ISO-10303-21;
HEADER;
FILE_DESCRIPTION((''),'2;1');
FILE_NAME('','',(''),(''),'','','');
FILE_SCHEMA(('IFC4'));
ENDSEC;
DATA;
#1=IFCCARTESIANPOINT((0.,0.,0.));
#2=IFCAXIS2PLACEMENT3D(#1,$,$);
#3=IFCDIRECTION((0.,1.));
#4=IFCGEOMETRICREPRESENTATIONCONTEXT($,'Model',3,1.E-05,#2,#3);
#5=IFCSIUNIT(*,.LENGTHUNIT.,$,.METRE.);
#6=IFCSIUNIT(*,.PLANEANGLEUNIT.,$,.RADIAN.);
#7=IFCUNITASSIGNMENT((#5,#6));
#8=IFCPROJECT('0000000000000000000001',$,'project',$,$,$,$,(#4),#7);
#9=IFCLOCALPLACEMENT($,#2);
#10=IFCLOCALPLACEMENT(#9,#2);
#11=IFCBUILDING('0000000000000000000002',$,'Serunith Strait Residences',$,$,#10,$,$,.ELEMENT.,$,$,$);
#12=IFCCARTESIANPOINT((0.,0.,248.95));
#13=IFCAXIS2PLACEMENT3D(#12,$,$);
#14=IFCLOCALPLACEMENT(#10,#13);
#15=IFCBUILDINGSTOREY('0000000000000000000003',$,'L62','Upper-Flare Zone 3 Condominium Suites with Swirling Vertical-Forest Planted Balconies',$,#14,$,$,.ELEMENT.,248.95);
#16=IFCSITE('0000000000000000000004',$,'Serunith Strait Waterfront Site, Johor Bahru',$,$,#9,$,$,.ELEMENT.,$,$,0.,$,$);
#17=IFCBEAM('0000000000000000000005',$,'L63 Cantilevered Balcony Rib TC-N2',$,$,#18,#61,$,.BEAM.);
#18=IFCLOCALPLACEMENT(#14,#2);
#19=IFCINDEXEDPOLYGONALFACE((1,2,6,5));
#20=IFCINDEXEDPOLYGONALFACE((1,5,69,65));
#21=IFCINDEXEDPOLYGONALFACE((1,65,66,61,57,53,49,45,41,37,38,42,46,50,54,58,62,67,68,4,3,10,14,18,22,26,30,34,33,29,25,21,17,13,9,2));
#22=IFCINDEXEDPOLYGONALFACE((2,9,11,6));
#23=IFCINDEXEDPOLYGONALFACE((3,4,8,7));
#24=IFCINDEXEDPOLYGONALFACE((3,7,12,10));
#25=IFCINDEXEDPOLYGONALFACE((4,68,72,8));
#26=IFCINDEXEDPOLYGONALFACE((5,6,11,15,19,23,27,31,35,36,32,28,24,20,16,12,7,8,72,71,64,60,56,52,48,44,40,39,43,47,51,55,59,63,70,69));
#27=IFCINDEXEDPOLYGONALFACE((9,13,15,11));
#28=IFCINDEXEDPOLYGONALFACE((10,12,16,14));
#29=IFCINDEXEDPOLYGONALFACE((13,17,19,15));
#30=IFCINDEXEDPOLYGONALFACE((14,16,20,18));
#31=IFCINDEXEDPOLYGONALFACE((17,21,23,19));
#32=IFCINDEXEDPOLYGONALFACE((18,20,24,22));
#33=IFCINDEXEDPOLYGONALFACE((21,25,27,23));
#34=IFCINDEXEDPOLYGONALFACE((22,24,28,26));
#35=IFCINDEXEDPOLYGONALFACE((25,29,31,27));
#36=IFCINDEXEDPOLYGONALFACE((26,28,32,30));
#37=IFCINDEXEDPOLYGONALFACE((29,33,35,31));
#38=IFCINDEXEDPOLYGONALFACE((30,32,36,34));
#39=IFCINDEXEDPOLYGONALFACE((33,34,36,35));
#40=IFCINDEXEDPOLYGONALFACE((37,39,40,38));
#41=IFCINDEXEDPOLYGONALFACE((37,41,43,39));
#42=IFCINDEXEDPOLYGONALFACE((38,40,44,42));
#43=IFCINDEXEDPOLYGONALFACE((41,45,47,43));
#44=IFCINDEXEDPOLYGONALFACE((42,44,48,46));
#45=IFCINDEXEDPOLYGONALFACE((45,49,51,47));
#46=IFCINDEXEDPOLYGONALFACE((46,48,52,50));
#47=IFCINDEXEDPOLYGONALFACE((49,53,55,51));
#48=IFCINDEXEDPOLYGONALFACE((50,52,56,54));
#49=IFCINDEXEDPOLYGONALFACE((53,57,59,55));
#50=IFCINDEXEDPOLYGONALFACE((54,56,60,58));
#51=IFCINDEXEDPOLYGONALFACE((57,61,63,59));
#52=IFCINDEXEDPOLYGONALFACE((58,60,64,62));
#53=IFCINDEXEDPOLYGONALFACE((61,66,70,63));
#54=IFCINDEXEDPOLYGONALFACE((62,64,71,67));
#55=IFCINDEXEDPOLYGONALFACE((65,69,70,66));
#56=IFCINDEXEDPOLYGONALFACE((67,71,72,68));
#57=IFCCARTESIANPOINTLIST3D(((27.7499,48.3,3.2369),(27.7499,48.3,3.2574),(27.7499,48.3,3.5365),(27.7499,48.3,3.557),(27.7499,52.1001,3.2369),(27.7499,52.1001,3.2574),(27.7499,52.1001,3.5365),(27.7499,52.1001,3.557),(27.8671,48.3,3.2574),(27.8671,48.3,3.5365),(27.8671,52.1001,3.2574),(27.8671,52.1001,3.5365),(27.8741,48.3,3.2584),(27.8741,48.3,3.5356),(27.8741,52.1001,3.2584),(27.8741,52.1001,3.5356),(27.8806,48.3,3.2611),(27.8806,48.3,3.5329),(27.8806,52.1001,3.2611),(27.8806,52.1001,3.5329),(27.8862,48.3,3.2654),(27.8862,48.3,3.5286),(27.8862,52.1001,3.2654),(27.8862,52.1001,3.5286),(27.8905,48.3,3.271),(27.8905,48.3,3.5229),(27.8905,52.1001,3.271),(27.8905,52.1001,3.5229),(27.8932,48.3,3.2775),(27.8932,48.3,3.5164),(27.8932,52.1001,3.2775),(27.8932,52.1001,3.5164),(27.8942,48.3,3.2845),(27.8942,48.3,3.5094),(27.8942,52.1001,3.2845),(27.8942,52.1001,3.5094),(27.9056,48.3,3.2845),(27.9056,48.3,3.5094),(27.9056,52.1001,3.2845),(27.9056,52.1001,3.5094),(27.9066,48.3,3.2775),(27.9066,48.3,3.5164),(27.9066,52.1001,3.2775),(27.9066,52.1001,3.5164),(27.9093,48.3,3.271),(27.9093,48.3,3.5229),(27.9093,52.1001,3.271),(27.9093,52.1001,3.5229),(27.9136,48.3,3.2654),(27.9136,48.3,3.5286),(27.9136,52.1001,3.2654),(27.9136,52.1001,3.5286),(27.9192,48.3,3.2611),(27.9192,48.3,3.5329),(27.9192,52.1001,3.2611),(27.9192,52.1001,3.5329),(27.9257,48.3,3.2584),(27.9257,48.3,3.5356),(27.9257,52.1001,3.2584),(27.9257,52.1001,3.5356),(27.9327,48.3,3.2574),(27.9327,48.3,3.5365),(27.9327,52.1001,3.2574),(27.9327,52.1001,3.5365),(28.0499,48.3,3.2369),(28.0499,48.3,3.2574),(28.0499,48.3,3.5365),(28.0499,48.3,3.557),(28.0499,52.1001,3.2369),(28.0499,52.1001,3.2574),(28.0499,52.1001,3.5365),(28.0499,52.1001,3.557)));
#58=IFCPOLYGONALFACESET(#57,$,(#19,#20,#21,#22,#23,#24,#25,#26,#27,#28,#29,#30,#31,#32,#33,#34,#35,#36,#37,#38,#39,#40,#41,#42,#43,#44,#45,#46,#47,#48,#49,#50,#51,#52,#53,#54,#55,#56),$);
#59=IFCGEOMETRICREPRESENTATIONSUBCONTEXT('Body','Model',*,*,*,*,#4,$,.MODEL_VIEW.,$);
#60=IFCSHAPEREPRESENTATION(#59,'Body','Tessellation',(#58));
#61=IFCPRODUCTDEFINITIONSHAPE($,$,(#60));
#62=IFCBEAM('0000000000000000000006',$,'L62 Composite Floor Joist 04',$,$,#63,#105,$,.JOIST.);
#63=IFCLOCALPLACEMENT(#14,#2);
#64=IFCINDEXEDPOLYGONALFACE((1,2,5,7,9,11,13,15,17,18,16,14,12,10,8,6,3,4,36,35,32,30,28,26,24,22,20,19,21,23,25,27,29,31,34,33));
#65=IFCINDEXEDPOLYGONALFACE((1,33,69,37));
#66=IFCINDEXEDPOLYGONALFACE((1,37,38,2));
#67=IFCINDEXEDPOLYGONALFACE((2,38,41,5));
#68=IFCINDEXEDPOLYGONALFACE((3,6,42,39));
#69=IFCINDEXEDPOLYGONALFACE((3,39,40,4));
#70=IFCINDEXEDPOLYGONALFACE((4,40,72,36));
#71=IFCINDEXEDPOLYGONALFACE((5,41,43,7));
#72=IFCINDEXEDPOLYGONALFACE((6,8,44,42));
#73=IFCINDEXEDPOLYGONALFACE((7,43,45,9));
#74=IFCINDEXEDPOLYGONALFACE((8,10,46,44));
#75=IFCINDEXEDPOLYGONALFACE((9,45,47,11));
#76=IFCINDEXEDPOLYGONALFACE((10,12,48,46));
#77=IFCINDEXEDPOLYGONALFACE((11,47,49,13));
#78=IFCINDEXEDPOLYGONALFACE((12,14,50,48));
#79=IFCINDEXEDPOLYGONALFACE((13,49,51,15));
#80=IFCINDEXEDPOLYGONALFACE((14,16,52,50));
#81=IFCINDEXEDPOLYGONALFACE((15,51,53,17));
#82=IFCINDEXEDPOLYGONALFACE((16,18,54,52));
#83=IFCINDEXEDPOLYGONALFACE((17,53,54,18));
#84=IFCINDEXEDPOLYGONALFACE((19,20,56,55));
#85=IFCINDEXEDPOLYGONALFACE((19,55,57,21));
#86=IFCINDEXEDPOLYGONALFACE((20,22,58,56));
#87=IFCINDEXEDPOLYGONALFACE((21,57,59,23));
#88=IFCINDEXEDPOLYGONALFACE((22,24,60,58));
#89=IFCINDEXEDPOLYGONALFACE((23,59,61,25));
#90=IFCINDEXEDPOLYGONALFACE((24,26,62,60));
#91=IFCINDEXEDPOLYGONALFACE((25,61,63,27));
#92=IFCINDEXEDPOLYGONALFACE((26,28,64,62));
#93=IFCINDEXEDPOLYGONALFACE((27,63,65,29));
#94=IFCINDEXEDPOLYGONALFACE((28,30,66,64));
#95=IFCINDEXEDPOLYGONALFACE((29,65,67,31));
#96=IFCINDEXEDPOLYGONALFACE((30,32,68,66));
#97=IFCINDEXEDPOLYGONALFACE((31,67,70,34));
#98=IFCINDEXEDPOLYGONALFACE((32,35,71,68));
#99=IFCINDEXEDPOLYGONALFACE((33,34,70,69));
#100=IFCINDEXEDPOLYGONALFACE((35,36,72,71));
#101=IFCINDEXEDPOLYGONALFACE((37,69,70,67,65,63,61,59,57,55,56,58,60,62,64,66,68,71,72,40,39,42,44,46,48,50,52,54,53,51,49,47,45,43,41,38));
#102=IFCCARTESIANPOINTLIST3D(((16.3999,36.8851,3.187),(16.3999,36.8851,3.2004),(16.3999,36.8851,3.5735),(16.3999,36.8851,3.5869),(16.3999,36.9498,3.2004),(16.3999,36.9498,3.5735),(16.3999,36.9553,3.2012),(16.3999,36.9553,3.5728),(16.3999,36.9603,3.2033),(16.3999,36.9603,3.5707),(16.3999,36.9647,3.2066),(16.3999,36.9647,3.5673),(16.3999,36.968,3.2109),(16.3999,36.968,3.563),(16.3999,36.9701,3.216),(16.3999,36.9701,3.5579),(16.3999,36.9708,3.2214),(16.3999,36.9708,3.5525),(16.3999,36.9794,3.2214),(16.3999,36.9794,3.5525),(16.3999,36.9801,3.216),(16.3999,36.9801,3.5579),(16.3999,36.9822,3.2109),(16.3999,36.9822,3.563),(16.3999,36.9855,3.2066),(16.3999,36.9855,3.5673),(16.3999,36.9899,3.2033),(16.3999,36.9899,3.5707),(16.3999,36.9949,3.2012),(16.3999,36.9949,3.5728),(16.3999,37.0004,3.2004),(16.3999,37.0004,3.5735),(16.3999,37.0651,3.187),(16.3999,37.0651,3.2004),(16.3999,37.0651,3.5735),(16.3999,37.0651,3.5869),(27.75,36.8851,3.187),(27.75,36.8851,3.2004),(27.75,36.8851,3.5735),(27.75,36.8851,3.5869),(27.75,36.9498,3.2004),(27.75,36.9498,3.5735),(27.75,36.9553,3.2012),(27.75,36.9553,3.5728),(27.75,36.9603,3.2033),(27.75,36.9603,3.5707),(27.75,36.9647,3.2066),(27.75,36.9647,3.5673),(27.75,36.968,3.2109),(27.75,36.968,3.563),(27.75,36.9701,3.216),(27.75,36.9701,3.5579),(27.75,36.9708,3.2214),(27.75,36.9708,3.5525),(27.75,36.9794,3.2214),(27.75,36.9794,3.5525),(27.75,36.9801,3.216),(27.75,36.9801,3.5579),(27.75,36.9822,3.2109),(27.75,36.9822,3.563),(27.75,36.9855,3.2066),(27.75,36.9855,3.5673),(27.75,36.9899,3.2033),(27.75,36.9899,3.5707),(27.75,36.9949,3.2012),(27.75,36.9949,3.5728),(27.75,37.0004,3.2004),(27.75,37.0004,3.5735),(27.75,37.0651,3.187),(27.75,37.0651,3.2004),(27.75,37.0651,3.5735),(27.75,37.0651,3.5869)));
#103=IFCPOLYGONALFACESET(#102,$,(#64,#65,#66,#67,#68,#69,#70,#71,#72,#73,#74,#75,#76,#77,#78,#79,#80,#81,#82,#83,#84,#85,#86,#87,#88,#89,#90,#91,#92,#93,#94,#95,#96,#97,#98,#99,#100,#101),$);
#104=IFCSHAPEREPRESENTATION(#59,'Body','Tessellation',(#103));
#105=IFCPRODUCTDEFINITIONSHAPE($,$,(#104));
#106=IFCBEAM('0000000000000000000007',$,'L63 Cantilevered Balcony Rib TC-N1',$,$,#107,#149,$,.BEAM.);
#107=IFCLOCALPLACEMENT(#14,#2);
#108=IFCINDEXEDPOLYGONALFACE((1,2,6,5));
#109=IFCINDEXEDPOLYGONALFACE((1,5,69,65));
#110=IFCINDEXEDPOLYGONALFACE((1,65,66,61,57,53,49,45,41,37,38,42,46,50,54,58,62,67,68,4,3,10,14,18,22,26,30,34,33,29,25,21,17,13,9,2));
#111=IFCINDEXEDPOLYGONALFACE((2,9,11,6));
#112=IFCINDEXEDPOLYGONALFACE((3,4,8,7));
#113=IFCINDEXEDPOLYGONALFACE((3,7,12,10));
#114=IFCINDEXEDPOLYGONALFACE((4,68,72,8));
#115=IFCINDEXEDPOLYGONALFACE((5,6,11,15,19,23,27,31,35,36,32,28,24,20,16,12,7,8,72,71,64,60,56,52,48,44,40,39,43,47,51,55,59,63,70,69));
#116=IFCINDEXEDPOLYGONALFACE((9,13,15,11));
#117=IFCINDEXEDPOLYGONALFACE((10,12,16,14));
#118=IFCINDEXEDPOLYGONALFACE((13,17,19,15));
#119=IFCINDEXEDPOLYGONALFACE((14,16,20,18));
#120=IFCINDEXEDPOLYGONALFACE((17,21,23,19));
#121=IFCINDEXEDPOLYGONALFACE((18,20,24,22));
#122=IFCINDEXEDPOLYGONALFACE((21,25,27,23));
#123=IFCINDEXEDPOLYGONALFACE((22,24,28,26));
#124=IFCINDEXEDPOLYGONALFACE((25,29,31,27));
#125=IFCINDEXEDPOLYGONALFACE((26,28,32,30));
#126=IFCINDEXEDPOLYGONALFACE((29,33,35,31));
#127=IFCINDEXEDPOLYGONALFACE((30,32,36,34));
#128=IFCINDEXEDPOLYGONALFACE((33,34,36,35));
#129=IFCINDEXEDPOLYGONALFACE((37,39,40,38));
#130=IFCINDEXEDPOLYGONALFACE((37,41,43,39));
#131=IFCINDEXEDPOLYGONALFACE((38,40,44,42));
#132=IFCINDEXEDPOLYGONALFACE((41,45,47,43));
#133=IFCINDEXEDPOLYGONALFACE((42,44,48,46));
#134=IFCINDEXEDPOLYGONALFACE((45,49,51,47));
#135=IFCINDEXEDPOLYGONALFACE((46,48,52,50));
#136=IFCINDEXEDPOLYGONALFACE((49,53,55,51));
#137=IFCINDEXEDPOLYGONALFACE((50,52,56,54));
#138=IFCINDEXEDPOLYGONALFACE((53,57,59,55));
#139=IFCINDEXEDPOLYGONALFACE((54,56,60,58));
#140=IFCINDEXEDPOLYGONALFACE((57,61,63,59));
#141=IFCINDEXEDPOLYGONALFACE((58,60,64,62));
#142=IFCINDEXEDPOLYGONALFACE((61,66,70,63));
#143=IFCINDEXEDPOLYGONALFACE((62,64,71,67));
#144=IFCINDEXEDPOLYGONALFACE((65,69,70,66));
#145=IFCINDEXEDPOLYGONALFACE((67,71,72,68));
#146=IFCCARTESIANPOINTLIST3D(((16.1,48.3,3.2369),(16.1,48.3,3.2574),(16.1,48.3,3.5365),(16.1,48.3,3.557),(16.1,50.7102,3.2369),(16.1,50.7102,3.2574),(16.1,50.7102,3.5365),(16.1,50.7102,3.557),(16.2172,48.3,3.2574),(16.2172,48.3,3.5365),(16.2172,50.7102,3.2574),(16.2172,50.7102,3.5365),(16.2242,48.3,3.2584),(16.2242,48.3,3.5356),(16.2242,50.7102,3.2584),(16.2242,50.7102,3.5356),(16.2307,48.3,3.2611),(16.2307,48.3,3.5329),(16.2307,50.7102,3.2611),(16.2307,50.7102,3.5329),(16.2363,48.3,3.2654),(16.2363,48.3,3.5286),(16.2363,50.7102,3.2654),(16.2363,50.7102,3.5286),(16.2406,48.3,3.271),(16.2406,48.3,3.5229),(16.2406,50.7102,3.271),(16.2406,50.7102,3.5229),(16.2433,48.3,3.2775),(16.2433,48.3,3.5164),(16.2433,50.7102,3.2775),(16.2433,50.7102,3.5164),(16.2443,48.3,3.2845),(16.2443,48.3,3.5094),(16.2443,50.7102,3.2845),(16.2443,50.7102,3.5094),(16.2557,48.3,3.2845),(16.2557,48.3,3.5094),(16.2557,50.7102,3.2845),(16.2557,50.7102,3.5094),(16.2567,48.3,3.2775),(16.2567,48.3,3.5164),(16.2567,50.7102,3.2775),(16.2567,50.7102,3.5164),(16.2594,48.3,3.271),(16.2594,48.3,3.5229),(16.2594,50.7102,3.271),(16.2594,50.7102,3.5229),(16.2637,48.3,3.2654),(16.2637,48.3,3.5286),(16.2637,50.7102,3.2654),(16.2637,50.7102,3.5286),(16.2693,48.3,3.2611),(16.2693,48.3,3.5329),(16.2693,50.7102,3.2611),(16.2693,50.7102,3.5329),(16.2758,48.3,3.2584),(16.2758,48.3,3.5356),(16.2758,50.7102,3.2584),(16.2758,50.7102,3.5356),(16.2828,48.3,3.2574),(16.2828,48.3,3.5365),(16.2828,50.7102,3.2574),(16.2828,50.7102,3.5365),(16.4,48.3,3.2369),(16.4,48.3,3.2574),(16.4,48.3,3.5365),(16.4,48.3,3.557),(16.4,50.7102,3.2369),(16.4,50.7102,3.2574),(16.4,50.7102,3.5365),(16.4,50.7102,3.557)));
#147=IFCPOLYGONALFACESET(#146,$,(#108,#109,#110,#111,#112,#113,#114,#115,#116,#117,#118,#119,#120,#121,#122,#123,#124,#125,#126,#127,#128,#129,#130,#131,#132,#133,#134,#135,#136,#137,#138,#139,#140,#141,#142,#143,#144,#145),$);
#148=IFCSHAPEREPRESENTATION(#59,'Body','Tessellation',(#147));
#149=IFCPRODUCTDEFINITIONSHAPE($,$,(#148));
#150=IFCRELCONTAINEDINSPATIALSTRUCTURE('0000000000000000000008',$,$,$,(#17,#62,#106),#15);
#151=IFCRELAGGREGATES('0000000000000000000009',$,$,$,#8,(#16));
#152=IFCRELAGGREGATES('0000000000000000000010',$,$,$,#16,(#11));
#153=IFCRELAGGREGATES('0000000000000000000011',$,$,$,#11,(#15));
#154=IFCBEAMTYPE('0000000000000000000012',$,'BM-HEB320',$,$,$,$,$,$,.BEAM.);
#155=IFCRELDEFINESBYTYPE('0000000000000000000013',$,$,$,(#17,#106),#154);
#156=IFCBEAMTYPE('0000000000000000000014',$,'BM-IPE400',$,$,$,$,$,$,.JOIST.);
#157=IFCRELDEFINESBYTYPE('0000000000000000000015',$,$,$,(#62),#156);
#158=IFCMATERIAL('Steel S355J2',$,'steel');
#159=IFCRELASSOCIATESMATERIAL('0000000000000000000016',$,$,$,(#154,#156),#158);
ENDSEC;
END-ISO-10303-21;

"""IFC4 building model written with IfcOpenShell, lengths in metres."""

from ifc_helpers import new_model, si_unit, direction, frame, origin, origin_2d, place, context, subcontext, project, spatial, i_section, extrude, source, transform, mapped, material, material_profile, profile_set, type_object, element, save


model = new_model("IFC4")

# Units and contexts
model_context = context("Model", 3, precision=1e-05, world=origin(), true_north=direction((0.0, 1.0)))
body_context = subcontext(model_context, "Body", "Model", "MODEL_VIEW")
ifc_project = project(units=[si_unit("LENGTHUNIT", "METRE"), si_unit("PLANEANGLEUNIT", "RADIAN")], contexts=[model_context])

# Site, building, storey
site_placement = place(None, origin())
site = spatial("IfcSite", under=ifc_project, at=site_placement, Name="Serunith Strait Waterfront Site, Johor Bahru", CompositionType="ELEMENT", RefElevation=0.0)
building_placement = place(site_placement, origin())
building = spatial("IfcBuilding", under=site, at=building_placement, Name="Serunith Strait Residences", CompositionType="ELEMENT")
storey_placement = place(building_placement, frame((0.0, 0.0, 248.95)))
storey = spatial("IfcBuildingStorey", under=building, at=storey_placement, Name="L62", Description="Upper-Flare Zone 3 Condominium Suites with Swirling Vertical-Forest Planted Balconies", CompositionType="ELEMENT", Elevation=248.95)

# Beams
ifc_material_1 = material(Name="Steel S355J2", Category="steel")
ifc_material_profile_1 = material_profile(ifc_material_1, i_section(OverallWidth=0.3, OverallDepth=0.3201, WebThickness=0.0115, FlangeThickness=0.0205, FilletRadius=0.0271, at=origin_2d()), Name="HEB 320")
ifc_profile_set_1 = profile_set([ifc_material_profile_1], Name="Steel S355J2")
beam_type_1 = type_object("IfcBeamType", Name="BM-HEB320", PredefinedType="BEAM", material=ifc_profile_set_1)
shared_shape_1 = source(origin(), body_context, "Body", "SweptSolid", [
    extrude(i_section(OverallWidth=0.3, OverallDepth=0.3201, WebThickness=0.0115, FlangeThickness=0.0205, FilletRadius=0.0271, at=origin_2d()), origin(), (0.0, 0.0, 1.0), 3.8),
])
beam_1_placement = place(storey_placement, frame((27.8999, 48.3, 3.397), z_axis=(0.0, 1.0, 0.0), x_axis=(-1.0, 0.0, 0.0)))
element("IfcBeam", 1, at=beam_1_placement, inside=storey, type_object=beam_type_1, Name="L63 Cantilevered Balcony Rib TC-N2", PredefinedType="BEAM", context=body_context, shape_type="MappedRepresentation", body=[
    mapped(shared_shape_1, transform((0.0, 0.0, 0.0), scale=1.0)),
])
ifc_material_profile_2 = material_profile(ifc_material_1, i_section(OverallWidth=0.1799, OverallDepth=0.3999, WebThickness=0.0085, FlangeThickness=0.0134, FilletRadius=0.021, at=origin_2d()), Name="IPE 400")
ifc_profile_set_2 = profile_set([ifc_material_profile_2], Name="Steel S355J2")
beam_type_2 = type_object("IfcBeamType", Name="BM-IPE400", PredefinedType="JOIST", material=ifc_profile_set_2)
shared_shape_2 = source(origin(), body_context, "Body", "SweptSolid", [
    extrude(i_section(OverallWidth=0.1799, OverallDepth=0.3999, WebThickness=0.0085, FlangeThickness=0.0134, FilletRadius=0.021, at=origin_2d()), origin(), (0.0, 0.0, 1.0), 11.3501),
])
beam_2_placement = place(storey_placement, frame((16.3999, 36.9751, 3.387), z_axis=(1.0, 0.0, 0.0), x_axis=(0.0, 1.0, 0.0)))
element("IfcBeam", 2, at=beam_2_placement, inside=storey, type_object=beam_type_2, Name="L62 Composite Floor Joist 04", PredefinedType="JOIST", context=body_context, shape_type="MappedRepresentation", body=[
    mapped(shared_shape_2, transform((0.0, 0.0, 0.0), scale=1.0)),
])
shared_shape_3 = source(origin(), body_context, "Body", "SweptSolid", [
    extrude(i_section(OverallWidth=0.3, OverallDepth=0.3201, WebThickness=0.0115, FlangeThickness=0.0205, FilletRadius=0.0271, at=origin_2d()), origin(), (0.0, 0.0, 1.0), 2.4102),
])
beam_3_placement = place(storey_placement, frame((16.25, 48.3, 3.397), z_axis=(0.0, 1.0, 0.0), x_axis=(-1.0, 0.0, 0.0)))
element("IfcBeam", 3, at=beam_3_placement, inside=storey, type_object=beam_type_1, Name="L63 Cantilevered Balcony Rib TC-N1", PredefinedType="BEAM", context=body_context, shape_type="MappedRepresentation", body=[
    mapped(shared_shape_3, transform((0.0, 0.0, 0.0), scale=1.0)),
])

save(model, "model.ifc")
